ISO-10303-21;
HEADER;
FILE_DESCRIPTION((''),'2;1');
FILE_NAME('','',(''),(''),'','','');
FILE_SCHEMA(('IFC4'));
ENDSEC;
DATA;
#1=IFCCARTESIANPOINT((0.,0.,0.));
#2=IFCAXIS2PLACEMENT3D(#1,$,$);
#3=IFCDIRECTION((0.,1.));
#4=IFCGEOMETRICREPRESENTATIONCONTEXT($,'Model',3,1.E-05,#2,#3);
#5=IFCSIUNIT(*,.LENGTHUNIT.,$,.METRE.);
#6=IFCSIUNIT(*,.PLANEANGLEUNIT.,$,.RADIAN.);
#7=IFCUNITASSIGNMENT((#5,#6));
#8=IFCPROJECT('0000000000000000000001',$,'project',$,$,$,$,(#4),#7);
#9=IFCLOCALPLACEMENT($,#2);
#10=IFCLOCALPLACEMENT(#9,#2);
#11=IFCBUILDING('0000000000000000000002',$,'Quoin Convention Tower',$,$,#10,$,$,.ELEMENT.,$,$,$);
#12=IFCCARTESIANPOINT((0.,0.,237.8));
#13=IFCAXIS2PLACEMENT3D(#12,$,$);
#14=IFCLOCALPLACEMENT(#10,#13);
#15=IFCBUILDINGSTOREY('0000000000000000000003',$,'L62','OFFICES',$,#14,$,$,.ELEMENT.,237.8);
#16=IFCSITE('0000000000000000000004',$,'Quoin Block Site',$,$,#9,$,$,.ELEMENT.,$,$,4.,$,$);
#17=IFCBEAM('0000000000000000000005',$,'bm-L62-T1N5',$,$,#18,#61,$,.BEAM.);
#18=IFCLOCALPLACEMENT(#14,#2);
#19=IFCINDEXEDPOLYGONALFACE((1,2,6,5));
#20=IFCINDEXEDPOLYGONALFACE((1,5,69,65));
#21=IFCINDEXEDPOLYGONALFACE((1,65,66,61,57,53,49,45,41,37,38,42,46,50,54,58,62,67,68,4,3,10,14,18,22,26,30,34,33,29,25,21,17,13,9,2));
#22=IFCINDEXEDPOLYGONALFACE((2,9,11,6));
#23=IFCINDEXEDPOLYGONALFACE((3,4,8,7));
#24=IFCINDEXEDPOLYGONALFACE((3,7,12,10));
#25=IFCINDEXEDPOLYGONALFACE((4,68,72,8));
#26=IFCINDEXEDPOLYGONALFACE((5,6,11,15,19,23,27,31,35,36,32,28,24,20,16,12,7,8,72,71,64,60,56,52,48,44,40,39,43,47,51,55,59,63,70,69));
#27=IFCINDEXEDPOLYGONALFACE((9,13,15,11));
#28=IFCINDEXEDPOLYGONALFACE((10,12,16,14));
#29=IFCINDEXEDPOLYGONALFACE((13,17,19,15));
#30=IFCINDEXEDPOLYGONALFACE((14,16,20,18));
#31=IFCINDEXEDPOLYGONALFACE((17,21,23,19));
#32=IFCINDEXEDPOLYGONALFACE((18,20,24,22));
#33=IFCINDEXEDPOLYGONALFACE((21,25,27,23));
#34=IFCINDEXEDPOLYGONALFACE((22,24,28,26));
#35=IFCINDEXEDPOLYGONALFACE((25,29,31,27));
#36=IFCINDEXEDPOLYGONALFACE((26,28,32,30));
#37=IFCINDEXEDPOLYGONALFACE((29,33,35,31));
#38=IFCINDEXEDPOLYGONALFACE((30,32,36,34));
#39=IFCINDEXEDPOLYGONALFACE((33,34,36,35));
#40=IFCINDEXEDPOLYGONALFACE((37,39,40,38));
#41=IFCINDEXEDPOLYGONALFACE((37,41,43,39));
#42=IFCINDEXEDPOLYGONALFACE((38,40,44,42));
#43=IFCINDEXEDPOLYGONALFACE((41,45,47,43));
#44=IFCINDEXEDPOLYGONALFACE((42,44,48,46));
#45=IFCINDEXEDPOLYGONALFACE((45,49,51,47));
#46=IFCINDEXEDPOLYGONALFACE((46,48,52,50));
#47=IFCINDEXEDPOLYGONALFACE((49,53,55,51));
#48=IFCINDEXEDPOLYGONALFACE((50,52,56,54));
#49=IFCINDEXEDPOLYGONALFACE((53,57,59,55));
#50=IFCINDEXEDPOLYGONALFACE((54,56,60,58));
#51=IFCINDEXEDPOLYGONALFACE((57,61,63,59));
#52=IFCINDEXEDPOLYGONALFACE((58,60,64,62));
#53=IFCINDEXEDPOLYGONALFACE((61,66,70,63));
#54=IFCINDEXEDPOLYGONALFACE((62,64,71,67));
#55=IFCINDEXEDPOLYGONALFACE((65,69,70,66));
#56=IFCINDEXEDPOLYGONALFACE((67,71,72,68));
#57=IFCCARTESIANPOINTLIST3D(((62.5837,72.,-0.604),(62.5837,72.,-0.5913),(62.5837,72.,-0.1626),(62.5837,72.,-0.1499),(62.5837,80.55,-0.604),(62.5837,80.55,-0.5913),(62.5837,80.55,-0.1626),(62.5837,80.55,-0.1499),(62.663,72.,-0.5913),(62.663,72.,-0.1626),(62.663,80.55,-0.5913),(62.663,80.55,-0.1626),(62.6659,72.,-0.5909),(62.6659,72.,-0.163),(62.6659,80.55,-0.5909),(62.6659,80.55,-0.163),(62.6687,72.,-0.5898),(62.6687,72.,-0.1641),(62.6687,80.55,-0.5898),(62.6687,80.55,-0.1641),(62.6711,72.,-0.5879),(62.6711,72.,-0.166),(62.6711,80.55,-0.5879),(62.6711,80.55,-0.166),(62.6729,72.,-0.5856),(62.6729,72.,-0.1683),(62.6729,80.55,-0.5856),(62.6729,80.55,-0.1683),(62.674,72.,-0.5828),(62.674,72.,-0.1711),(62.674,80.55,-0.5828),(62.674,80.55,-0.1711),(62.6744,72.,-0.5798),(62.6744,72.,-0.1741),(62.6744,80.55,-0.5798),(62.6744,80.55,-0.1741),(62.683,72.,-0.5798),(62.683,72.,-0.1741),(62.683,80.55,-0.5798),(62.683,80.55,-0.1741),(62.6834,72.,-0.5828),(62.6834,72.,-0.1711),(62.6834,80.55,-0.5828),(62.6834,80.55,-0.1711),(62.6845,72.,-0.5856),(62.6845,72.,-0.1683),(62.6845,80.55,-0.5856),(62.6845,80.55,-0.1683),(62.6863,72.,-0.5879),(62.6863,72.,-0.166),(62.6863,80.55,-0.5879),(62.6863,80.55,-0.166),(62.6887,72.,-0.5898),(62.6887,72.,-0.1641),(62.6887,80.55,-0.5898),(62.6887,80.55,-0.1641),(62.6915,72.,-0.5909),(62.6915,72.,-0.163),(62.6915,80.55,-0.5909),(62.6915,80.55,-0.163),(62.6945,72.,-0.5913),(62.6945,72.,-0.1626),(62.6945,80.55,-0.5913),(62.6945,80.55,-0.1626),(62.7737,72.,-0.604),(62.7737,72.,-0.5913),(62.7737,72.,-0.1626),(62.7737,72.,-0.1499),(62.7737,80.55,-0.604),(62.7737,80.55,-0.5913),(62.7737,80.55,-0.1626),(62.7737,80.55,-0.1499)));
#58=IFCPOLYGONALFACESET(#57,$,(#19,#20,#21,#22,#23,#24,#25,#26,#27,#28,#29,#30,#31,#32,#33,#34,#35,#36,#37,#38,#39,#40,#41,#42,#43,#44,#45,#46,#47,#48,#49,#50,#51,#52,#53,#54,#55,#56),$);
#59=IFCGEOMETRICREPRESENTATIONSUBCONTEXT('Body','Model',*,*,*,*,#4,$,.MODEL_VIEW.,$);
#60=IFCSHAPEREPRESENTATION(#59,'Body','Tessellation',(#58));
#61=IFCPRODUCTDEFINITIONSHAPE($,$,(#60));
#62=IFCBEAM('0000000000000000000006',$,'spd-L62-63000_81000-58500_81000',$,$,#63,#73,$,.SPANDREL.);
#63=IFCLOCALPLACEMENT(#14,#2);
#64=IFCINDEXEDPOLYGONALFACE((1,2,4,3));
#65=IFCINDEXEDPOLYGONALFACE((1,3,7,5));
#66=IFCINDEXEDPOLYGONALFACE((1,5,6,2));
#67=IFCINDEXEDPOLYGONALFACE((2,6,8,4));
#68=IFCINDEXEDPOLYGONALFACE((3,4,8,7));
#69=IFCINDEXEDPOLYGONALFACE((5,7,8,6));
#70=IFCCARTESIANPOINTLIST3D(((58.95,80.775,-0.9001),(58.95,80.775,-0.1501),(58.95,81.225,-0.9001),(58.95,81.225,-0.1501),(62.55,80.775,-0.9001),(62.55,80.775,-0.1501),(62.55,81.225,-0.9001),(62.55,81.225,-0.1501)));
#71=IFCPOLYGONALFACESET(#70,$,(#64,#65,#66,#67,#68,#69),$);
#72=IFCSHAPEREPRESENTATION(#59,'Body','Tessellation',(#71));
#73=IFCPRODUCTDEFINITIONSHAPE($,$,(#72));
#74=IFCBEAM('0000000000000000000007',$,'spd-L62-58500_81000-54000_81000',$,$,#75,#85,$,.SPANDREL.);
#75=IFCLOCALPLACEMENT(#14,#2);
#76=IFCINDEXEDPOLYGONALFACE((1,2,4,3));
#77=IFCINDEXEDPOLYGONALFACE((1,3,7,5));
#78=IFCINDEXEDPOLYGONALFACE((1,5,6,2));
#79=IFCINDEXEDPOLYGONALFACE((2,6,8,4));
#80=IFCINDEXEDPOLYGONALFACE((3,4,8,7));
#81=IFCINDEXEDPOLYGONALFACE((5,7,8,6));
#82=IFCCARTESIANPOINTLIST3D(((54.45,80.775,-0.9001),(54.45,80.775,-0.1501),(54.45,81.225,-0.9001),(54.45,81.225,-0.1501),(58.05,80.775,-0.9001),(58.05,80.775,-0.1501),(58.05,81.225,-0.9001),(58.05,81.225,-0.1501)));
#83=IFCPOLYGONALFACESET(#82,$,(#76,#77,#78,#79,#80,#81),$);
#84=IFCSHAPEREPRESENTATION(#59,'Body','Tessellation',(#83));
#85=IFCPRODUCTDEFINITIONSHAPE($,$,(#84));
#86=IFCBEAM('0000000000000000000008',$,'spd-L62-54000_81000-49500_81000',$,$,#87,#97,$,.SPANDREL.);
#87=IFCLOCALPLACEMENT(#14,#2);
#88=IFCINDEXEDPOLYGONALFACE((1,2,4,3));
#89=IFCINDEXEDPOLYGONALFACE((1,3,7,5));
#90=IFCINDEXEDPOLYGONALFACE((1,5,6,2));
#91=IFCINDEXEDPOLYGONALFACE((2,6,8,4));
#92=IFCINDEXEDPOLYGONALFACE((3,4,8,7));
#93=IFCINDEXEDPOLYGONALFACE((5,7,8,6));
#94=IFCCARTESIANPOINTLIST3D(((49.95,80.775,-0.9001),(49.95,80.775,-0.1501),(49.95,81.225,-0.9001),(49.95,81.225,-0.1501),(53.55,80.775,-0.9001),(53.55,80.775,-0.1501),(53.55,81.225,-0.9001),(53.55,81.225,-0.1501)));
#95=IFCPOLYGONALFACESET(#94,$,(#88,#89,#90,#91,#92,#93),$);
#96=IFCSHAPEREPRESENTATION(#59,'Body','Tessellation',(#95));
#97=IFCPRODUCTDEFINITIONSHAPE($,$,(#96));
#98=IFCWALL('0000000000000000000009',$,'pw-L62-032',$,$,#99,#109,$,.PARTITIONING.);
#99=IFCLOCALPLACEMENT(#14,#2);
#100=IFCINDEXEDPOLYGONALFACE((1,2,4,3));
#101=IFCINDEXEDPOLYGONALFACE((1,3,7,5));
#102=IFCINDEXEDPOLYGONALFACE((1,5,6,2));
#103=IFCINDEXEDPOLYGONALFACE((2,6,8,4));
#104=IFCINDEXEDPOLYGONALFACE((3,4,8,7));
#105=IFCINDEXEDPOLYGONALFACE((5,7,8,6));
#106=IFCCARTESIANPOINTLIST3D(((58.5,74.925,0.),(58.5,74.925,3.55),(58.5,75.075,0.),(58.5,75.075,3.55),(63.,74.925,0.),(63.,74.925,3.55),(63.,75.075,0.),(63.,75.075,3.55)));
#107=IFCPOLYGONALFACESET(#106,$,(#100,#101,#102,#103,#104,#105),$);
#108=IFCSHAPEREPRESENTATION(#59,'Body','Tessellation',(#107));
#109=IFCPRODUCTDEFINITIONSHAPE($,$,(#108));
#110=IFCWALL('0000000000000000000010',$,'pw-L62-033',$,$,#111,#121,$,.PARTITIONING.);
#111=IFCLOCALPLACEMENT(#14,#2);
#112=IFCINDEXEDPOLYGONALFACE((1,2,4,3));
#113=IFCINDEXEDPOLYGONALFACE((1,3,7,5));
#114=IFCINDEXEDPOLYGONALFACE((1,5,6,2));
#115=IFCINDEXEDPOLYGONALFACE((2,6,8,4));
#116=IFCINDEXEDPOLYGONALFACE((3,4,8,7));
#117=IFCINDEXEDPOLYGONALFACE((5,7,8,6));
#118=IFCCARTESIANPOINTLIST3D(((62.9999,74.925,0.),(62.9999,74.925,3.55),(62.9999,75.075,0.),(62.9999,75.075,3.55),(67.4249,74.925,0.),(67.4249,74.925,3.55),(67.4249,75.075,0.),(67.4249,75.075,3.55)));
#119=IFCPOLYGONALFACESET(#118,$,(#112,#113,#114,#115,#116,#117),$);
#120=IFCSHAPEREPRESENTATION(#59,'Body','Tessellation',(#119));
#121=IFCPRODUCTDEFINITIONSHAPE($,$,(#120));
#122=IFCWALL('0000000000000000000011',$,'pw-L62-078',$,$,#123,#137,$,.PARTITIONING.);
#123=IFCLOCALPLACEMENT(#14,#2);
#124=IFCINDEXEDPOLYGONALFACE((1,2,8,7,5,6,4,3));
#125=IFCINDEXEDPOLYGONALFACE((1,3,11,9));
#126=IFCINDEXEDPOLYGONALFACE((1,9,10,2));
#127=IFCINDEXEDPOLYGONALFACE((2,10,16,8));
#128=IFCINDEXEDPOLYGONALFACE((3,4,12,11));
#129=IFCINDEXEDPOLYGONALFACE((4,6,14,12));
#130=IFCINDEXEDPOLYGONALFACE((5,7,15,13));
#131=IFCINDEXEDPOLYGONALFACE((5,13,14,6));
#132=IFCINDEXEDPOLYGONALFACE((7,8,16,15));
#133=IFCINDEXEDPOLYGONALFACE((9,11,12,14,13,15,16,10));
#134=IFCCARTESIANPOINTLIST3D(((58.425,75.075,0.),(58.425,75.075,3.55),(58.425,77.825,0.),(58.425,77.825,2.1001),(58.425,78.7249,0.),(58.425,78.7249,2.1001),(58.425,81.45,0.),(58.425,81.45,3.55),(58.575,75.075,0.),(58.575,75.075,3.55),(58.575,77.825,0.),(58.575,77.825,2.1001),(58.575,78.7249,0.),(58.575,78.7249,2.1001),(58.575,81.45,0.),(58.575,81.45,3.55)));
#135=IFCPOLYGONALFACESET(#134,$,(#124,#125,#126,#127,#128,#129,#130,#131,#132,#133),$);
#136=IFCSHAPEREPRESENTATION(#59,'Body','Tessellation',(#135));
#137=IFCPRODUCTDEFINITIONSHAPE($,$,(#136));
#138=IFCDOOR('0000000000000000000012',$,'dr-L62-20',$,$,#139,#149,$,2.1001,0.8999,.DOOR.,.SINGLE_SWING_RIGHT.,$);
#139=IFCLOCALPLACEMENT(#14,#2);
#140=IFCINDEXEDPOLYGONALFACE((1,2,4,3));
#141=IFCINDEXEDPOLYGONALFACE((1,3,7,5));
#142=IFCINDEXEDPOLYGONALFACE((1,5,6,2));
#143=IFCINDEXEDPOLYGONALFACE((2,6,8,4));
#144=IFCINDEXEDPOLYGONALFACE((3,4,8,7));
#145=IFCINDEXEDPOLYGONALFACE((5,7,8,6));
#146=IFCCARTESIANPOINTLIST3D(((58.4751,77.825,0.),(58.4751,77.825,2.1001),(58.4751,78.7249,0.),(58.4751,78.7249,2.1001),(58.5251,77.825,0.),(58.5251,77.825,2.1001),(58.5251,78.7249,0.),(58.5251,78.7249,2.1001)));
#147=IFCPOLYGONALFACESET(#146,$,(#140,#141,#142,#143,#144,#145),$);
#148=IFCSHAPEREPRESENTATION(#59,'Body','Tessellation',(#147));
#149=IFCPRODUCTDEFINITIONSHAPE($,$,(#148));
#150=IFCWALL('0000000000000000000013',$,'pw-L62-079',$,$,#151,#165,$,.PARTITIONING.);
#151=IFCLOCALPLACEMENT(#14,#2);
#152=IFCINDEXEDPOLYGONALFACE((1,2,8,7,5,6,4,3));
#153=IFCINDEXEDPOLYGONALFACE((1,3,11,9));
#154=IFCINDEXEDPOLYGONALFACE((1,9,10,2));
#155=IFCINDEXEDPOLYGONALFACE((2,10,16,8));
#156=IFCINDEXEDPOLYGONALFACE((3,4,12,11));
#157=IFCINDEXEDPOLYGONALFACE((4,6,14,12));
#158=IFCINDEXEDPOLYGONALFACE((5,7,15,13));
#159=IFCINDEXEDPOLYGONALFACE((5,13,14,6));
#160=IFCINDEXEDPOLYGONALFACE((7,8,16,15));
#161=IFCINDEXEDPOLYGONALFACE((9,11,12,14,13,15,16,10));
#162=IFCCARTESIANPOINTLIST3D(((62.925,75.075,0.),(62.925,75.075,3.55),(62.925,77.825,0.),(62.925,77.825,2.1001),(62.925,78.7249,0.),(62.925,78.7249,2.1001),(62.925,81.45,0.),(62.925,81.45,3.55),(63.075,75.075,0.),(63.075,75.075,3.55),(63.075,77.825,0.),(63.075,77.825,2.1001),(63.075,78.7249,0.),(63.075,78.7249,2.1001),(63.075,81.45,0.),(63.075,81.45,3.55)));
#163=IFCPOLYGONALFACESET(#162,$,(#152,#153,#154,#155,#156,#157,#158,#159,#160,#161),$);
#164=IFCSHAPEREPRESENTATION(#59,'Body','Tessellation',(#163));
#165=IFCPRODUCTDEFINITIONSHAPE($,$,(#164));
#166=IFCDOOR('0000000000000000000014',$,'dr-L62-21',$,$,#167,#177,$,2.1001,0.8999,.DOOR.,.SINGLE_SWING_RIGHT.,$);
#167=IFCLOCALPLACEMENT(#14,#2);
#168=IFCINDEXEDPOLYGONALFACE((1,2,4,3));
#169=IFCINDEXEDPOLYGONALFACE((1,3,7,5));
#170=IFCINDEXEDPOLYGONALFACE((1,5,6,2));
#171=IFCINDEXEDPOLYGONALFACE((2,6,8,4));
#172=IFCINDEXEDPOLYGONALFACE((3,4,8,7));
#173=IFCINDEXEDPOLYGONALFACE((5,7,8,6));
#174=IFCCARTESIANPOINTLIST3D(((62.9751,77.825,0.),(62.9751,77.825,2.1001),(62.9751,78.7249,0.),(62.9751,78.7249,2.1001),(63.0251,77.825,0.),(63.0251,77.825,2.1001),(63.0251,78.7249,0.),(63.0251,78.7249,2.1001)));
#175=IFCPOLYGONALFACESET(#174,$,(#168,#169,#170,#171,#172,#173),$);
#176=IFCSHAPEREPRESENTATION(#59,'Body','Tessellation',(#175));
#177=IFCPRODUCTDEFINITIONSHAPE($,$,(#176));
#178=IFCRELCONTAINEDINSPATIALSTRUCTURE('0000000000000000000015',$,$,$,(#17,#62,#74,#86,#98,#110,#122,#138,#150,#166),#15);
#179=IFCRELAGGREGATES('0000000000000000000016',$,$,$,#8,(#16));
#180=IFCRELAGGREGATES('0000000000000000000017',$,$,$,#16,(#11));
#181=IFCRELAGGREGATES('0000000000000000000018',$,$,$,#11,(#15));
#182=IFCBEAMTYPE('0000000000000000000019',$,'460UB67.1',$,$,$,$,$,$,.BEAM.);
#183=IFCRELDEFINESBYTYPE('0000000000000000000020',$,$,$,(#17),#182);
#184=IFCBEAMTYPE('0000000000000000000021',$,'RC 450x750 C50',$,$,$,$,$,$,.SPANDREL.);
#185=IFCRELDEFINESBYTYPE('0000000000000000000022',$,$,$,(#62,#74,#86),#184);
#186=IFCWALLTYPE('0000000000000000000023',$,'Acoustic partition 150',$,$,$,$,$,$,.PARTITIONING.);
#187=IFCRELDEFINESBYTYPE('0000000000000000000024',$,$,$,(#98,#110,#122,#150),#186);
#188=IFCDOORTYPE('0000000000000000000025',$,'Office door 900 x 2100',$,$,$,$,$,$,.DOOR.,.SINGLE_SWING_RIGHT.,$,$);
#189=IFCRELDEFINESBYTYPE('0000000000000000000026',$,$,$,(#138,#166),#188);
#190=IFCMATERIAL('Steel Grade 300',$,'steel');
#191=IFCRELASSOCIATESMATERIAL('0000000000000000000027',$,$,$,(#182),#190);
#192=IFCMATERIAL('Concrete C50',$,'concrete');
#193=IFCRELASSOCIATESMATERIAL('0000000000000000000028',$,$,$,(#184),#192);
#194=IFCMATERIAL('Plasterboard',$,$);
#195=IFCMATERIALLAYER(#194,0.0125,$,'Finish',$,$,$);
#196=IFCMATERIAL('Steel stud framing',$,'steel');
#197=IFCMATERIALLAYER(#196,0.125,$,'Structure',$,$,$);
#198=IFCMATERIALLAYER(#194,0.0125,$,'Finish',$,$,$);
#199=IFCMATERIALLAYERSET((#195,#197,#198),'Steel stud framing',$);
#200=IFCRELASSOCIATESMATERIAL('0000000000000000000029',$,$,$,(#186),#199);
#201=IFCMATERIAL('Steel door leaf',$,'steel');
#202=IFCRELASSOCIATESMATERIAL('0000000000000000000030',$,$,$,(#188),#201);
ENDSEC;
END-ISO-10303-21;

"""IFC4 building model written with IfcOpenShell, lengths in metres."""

from ifc_helpers import new_model, si_unit, direction, frame, frame_2d, origin, origin_2d, place, context, subcontext, project, spatial, rectangle, i_section, extrude, material, layer, layer_set, material_profile, profile_set, type_object, element, fill, save


model = new_model("IFC4")

# Units and contexts
model_context = context("Model", 3, precision=1e-05, world=origin(), true_north=direction((0.0, 1.0)))
body_context = subcontext(model_context, "Body", "Model", "MODEL_VIEW")
ifc_project = project(units=[si_unit("LENGTHUNIT", "METRE"), si_unit("PLANEANGLEUNIT", "RADIAN")], contexts=[model_context])

# Site, building, storey
site_placement = place(None, origin())
site = spatial("IfcSite", under=ifc_project, at=site_placement, Name="Quoin Block Site", CompositionType="ELEMENT", RefElevation=4.0)
building_placement = place(site_placement, origin())
building = spatial("IfcBuilding", under=site, at=building_placement, Name="Quoin Convention Tower", CompositionType="ELEMENT")
storey_placement = place(building_placement, frame((0.0, 0.0, 237.8)))
storey = spatial("IfcBuildingStorey", under=building, at=storey_placement, Name="L62", Description="OFFICES", CompositionType="ELEMENT", Elevation=237.8)

# Shared definitions
ifc_material_1 = material(Name="Concrete C50", Category="concrete")

# Beams
ifc_material_2 = material(Name="Steel Grade 300", Category="steel")
ifc_material_profile_1 = material_profile(ifc_material_2, i_section(OverallWidth=0.1899, OverallDepth=0.4541, WebThickness=0.0085, FlangeThickness=0.0127, FilletRadius=0.0115, at=origin_2d()), Name="460UB67.1")
ifc_profile_set_1 = profile_set([ifc_material_profile_1], Name="Steel Grade 300")
beam_type_1 = type_object("IfcBeamType", Name="460UB67.1", PredefinedType="BEAM", material=ifc_profile_set_1)
beam_placement = place(storey_placement, frame((62.6787, 72.0, -0.377), z_axis=(0.0, 1.0, 0.0), x_axis=(-1.0, 0.0, 0.0)))
element("IfcBeam", 1, at=beam_placement, inside=storey, type_object=beam_type_1, Name="bm-L62-T1N5", PredefinedType="BEAM", context=body_context, shape_type="SweptSolid", body=[
    extrude(i_section(OverallWidth=0.1899, OverallDepth=0.4541, WebThickness=0.0085, FlangeThickness=0.0127, FilletRadius=0.0115, at=origin_2d()), origin(), (0.0, 0.0, 1.0), 8.55),
])
ifc_material_profile_2 = material_profile(ifc_material_1, rectangle(XDim=0.45, YDim=0.75, at=origin_2d()), Name="RC 450x750")
ifc_profile_set_2 = profile_set([ifc_material_profile_2], Name="Concrete C50")
beam_type_2 = type_object("IfcBeamType", Name="RC 450x750 C50", PredefinedType="SPANDREL", material=ifc_profile_set_2)
for number, where, z_axis, x_axis, name in (
    (2, (62.55, 81.0, -0.5251), (-1.0, 0.0, 0.0), (0.0, -1.0, 0.0), "spd-L62-63000_81000-58500_81000"),
    (3, (58.05, 81.0, -0.5251), (-1.0, 0.0, 0.0), (0.0, -1.0, 0.0), "spd-L62-58500_81000-54000_81000"),
    (4, (53.55, 81.0, -0.5251), (-1.0, 0.0, 0.0), (0.0, -1.0, 0.0), "spd-L62-54000_81000-49500_81000"),
):
    element("IfcBeam", number, at=place(storey_placement, frame(where, z_axis=z_axis, x_axis=x_axis)), inside=storey, type_object=beam_type_2, Name=name, PredefinedType="SPANDREL", context=body_context, shape_type="SweptSolid", body=[
        extrude(rectangle(XDim=0.45, YDim=0.75, at=origin_2d()), origin(), (0.0, 0.0, 1.0), 3.6001),
    ])

# Walls
ifc_material_3 = material(Name="Plasterboard")
ifc_layer_1 = layer(ifc_material_3, 0.0125, Name="Finish")
ifc_material_4 = material(Name="Steel stud framing", Category="steel")
ifc_layer_2 = layer(ifc_material_4, 0.125, Name="Structure")
ifc_layer_3 = layer(ifc_material_3, 0.0125, Name="Finish")
ifc_layer_set_1 = layer_set([ifc_layer_1, ifc_layer_2, ifc_layer_3], Name="Steel stud framing")
wall_type_1 = type_object("IfcWallType", Name="Acoustic partition 150", PredefinedType="PARTITIONING", material=ifc_layer_set_1)
wall_1_placement = place(storey_placement, frame((58.5, 75.0, 0.0), z_axis=(0.0, 0.0, 1.0), x_axis=(1.0, 0.0, 0.0)))
element("IfcWall", 5, at=wall_1_placement, inside=storey, type_object=wall_type_1, Name="pw-L62-032", PredefinedType="PARTITIONING", context=body_context, shape_type="SweptSolid", body=[
    extrude(rectangle(XDim=4.5, YDim=0.1499, at=frame_2d((2.25, 0.0))), origin(), (0.0, 0.0, 1.0), 3.55),
])
wall_2_placement = place(storey_placement, frame((63.0, 75.0, 0.0), z_axis=(0.0, 0.0, 1.0), x_axis=(1.0, 0.0, 0.0)))
element("IfcWall", 6, at=wall_2_placement, inside=storey, type_object=wall_type_1, Name="pw-L62-033", PredefinedType="PARTITIONING", context=body_context, shape_type="SweptSolid", body=[
    extrude(rectangle(XDim=4.425, YDim=0.1499, at=frame_2d((2.2124, 0.0))), origin(), (0.0, 0.0, 1.0), 3.55),
])

# Walls, openings, doors
wall_3_placement = place(storey_placement, frame((58.5, 75.075, 0.0), z_axis=(0.0, 0.0, 1.0), x_axis=(0.0, 1.0, 0.0)))
wall_3 = element("IfcWall", 7, at=wall_3_placement, inside=storey, type_object=wall_type_1, Name="pw-L62-078", PredefinedType="PARTITIONING", context=body_context, shape_type="SweptSolid", body=[
    extrude(rectangle(XDim=6.375, YDim=0.1499, at=frame_2d((3.1875, 0.0))), origin(), (0.0, 0.0, 1.0), 3.55),
])
opening_1_placement = place(wall_3_placement, frame((2.75, 0.0, 0.0)))
opening_1 = element("IfcOpeningElement", 8, at=opening_1_placement, cuts=wall_3, PredefinedType="OPENING", context=body_context, shape_type="SweptSolid", body=[
    extrude(rectangle(XDim=0.8999, YDim=2.1001, at=frame_2d((0.45, 1.05))), frame((0.0, 0.085, 0.0), z_axis=(0.0, -1.0, 0.0), x_axis=(1.0, 0.0, 0.0)), (0.0, 0.0, 1.0), 0.1699),
])
ifc_material_5 = material(Name="Steel door leaf", Category="steel")
door_type = type_object("IfcDoorType", Name="Office door 900 x 2100", OperationType="SINGLE_SWING_RIGHT", PredefinedType="DOOR", material=ifc_material_5)
door_1_placement = place(opening_1_placement, origin())
door_1 = element("IfcDoor", 9, at=door_1_placement, inside=storey, type_object=door_type, Name="dr-L62-20", OperationType="SINGLE_SWING_RIGHT", OverallHeight=2.1001, OverallWidth=0.8999, PredefinedType="DOOR", context=body_context, shape_type="SweptSolid", body=[
    extrude(rectangle(XDim=0.8999, YDim=2.1001, at=frame_2d((0.45, 1.05))), frame((0.0, 0.0249, 0.0), z_axis=(0.0, -1.0, 0.0), x_axis=(1.0, 0.0, 0.0)), (0.0, 0.0, 1.0), 0.05),
])
fill(opening_1, door_1)
wall_4_placement = place(storey_placement, frame((63.0, 75.075, 0.0), z_axis=(0.0, 0.0, 1.0), x_axis=(0.0, 1.0, 0.0)))
wall_4 = element("IfcWall", 10, at=wall_4_placement, inside=storey, type_object=wall_type_1, Name="pw-L62-079", PredefinedType="PARTITIONING", context=body_context, shape_type="SweptSolid", body=[
    extrude(rectangle(XDim=6.375, YDim=0.1499, at=frame_2d((3.1875, 0.0))), origin(), (0.0, 0.0, 1.0), 3.55),
])
opening_2_placement = place(wall_4_placement, frame((2.75, 0.0, 0.0)))
opening_2 = element("IfcOpeningElement", 11, at=opening_2_placement, cuts=wall_4, PredefinedType="OPENING", context=body_context, shape_type="SweptSolid", body=[
    extrude(rectangle(XDim=0.8999, YDim=2.1001, at=frame_2d((0.45, 1.05))), frame((0.0, 0.085, 0.0), z_axis=(0.0, -1.0, 0.0), x_axis=(1.0, 0.0, 0.0)), (0.0, 0.0, 1.0), 0.1699),
])
door_2_placement = place(opening_2_placement, origin())
door_2 = element("IfcDoor", 12, at=door_2_placement, inside=storey, type_object=door_type, Name="dr-L62-21", OperationType="SINGLE_SWING_RIGHT", OverallHeight=2.1001, OverallWidth=0.8999, PredefinedType="DOOR", context=body_context, shape_type="SweptSolid", body=[
    extrude(rectangle(XDim=0.8999, YDim=2.1001, at=frame_2d((0.45, 1.05))), frame((0.0, 0.0249, 0.0), z_axis=(0.0, -1.0, 0.0), x_axis=(1.0, 0.0, 0.0)), (0.0, 0.0, 1.0), 0.05),
])
fill(opening_2, door_2)

save(model, "model.ifc")
